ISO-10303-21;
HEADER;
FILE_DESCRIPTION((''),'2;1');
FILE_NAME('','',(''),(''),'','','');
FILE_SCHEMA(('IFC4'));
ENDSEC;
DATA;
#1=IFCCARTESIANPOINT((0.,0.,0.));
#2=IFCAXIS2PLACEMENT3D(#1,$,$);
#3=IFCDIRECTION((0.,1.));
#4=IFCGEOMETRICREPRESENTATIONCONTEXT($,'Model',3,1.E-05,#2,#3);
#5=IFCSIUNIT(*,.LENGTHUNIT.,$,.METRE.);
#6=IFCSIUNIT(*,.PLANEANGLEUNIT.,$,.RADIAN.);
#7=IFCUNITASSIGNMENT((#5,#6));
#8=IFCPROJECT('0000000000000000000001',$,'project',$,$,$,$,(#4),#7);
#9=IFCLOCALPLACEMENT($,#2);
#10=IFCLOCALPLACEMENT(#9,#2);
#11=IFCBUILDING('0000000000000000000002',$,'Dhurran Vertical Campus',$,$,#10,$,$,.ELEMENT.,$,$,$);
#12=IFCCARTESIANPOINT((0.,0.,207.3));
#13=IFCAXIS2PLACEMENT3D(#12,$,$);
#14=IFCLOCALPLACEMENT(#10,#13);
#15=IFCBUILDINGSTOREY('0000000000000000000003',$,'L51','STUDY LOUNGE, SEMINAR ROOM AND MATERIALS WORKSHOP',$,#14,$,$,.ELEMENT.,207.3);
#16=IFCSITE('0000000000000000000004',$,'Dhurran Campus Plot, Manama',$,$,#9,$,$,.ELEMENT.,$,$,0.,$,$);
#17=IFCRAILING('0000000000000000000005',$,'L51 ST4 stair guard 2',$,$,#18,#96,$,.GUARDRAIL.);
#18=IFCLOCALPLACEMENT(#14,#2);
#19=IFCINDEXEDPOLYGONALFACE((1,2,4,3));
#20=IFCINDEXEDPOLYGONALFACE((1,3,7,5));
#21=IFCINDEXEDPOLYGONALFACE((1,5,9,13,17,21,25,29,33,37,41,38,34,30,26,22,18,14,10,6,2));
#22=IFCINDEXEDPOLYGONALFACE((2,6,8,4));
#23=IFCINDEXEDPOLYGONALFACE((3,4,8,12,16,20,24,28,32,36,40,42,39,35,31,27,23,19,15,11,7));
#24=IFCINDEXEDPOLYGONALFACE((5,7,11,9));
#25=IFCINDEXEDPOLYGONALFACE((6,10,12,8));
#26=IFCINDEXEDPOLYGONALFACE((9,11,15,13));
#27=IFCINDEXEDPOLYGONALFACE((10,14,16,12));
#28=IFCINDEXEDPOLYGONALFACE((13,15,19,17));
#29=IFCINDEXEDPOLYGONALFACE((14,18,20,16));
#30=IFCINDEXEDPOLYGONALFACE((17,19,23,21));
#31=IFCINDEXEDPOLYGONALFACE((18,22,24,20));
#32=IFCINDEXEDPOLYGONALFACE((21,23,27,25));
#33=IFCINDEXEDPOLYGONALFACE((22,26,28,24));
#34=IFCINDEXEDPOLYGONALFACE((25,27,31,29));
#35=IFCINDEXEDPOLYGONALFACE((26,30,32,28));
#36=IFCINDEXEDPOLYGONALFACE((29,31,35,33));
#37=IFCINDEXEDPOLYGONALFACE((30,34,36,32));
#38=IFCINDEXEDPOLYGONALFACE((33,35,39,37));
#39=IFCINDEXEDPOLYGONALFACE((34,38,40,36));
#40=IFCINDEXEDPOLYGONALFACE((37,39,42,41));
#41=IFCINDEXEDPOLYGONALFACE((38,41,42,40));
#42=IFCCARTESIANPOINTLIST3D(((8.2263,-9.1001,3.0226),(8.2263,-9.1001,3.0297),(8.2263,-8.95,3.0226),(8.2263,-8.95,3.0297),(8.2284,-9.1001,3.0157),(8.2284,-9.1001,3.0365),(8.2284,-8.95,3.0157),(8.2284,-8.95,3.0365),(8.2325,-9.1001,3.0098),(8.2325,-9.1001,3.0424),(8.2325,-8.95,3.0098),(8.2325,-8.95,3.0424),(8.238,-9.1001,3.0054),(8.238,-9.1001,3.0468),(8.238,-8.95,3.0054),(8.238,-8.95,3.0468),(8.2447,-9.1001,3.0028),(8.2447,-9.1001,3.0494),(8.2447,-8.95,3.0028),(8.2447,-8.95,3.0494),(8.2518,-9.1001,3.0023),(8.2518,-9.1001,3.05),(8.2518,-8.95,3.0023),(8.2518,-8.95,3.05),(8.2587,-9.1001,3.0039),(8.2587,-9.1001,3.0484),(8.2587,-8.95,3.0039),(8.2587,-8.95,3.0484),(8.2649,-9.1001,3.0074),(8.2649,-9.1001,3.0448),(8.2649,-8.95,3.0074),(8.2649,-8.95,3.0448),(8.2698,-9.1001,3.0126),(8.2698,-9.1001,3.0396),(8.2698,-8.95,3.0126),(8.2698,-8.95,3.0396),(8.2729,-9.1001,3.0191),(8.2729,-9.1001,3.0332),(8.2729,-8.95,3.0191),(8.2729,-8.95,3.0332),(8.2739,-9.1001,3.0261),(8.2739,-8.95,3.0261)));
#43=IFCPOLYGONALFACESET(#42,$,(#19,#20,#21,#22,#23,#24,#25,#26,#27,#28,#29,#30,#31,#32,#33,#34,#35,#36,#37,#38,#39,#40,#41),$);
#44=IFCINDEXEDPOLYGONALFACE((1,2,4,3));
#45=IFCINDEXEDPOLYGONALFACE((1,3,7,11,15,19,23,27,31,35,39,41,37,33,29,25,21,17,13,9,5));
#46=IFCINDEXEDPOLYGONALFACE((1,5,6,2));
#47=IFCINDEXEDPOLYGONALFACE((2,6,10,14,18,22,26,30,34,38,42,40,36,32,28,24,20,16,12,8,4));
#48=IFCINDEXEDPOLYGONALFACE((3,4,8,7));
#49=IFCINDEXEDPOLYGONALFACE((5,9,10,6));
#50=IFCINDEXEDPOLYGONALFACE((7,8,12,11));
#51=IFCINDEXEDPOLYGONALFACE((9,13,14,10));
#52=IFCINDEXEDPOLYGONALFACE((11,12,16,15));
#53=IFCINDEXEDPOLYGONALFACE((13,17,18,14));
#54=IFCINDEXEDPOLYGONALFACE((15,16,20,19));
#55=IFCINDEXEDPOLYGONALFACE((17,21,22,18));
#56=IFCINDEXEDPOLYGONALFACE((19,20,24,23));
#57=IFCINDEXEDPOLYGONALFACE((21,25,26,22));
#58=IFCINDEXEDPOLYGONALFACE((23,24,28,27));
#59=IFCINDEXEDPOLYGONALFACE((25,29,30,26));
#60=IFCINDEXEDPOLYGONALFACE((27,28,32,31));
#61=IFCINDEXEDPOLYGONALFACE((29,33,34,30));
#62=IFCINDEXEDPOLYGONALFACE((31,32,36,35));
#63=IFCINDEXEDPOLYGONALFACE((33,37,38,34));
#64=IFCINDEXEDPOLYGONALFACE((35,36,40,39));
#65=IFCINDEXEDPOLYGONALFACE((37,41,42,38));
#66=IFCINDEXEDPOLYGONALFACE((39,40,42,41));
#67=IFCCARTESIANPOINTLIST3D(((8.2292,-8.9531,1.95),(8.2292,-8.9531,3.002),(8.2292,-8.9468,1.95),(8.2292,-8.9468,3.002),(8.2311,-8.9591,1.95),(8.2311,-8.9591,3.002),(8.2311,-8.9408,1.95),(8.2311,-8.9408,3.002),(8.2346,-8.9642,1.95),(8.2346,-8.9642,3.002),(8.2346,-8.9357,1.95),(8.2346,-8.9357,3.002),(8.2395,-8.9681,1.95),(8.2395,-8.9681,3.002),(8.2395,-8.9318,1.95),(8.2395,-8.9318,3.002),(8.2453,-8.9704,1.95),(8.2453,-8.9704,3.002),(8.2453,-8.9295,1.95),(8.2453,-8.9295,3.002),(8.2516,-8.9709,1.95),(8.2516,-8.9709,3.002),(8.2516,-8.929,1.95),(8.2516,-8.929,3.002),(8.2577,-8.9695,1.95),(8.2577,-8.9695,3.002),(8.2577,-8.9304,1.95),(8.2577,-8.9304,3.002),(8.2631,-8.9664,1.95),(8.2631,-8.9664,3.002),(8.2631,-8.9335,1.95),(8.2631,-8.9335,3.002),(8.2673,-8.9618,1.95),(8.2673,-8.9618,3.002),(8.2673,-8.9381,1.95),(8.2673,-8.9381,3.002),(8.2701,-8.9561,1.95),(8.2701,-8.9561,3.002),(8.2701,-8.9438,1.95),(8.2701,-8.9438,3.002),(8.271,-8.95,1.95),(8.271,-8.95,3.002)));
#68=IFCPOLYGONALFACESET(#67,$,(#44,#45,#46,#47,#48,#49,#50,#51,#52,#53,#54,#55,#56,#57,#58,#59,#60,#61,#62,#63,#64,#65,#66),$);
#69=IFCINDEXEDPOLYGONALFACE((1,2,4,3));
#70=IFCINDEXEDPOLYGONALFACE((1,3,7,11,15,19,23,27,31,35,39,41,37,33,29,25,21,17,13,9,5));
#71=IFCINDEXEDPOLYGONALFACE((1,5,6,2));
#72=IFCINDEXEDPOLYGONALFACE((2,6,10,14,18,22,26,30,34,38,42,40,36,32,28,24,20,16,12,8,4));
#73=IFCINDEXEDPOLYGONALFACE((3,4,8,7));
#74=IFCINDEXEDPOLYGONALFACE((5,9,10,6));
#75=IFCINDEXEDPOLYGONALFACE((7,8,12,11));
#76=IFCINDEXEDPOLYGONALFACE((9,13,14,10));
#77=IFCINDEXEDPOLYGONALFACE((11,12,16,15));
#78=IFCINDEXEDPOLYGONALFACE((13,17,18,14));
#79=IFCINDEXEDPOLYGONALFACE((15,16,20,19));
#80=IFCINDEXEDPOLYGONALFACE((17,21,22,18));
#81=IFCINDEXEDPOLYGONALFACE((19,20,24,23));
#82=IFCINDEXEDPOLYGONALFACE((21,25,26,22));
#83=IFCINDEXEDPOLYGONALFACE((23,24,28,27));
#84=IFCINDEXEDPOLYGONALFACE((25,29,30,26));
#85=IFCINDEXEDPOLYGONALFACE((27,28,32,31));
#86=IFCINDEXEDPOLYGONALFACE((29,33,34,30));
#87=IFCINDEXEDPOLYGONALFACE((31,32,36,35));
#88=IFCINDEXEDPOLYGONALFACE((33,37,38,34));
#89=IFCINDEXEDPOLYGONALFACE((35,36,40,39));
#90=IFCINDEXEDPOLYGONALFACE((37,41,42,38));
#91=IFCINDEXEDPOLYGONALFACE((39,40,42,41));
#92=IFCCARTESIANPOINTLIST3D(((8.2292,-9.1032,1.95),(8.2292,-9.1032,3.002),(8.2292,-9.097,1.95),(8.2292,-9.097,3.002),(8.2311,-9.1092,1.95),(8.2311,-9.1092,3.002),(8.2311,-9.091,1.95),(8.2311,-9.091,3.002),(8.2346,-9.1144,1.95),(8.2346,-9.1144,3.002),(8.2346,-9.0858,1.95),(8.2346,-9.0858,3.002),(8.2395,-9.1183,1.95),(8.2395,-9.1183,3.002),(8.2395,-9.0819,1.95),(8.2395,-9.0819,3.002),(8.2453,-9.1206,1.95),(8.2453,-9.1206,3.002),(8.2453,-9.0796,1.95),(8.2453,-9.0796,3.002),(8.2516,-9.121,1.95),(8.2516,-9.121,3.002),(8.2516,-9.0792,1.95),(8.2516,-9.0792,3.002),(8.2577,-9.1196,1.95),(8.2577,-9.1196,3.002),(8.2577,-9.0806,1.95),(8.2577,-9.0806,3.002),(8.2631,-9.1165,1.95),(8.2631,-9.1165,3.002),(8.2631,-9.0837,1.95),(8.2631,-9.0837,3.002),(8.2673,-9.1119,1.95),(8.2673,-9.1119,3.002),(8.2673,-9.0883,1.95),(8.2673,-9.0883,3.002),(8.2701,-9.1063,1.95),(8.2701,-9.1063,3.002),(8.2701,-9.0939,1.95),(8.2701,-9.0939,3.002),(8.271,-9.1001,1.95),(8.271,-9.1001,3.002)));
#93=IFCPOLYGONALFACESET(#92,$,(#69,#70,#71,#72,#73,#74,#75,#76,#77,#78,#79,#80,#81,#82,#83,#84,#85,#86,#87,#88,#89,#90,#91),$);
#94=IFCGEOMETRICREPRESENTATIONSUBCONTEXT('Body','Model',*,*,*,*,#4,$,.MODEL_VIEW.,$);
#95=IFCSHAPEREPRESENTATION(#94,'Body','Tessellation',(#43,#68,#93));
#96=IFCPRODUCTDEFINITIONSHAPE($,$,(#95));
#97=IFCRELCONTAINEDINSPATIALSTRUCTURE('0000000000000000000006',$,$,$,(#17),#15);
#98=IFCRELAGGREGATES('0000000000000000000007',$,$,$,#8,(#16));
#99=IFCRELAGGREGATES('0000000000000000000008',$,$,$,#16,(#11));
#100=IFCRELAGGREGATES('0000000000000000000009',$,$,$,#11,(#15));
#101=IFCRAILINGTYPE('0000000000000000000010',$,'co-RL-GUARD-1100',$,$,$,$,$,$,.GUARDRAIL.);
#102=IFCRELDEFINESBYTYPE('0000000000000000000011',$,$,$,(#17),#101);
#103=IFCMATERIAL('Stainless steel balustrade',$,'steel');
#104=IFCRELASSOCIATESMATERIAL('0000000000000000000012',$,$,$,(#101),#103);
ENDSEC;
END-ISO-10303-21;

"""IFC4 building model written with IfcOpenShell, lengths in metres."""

from ifc_helpers import new_model, si_unit, direction, frame, origin, origin_2d, place, context, subcontext, project, spatial, circle, extrude, material, type_object, element, save


model = new_model("IFC4")

# Units and contexts
model_context = context("Model", 3, precision=1e-05, world=origin(), true_north=direction((0.0, 1.0)))
body_context = subcontext(model_context, "Body", "Model", "MODEL_VIEW")
ifc_project = project(units=[si_unit("LENGTHUNIT", "METRE"), si_unit("PLANEANGLEUNIT", "RADIAN")], contexts=[model_context])

# Site, building, storey
site_placement = place(None, origin())
site = spatial("IfcSite", under=ifc_project, at=site_placement, Name="Dhurran Campus Plot, Manama", CompositionType="ELEMENT", RefElevation=0.0)
building_placement = place(site_placement, origin())
building = spatial("IfcBuilding", under=site, at=building_placement, Name="Dhurran Vertical Campus", CompositionType="ELEMENT")
storey_placement = place(building_placement, frame((0.0, 0.0, 207.3)))
storey = spatial("IfcBuildingStorey", under=building, at=storey_placement, Name="L51", Description="STUDY LOUNGE, SEMINAR ROOM AND MATERIALS WORKSHOP", CompositionType="ELEMENT", Elevation=207.3)

# Railing
ifc_material_1 = material(Name="Stainless steel balustrade", Category="steel")
railing_type_1 = type_object("IfcRailingType", Name="co-RL-GUARD-1100", PredefinedType="GUARDRAIL", material=ifc_material_1)
railing_1_placement = place(storey_placement, frame((8.25, -8.95, 1.95)))
element("IfcRailing", 1, at=railing_1_placement, inside=storey, type_object=railing_type_1, Name="L51 ST4 stair guard 2", PredefinedType="GUARDRAIL", context=body_context, shape_type="SweptSolid", body=[
    extrude(circle(Radius=0.0239, at=origin_2d()), frame((0.0, 0.0, 1.0762), z_axis=(0.0, -1.0, 0.0), x_axis=(1.0, 0.0, 0.0)), (0.0, 0.0, 1.0), 0.1501),
    extrude(circle(Radius=0.021, at=origin_2d()), origin(), (0.0, 0.0, 1.0), 1.052),
    extrude(circle(Radius=0.021, at=origin_2d()), frame((0.0, -0.1501, 0.0)), (0.0, 0.0, 1.0), 1.052),
])

save(model, "model.ifc")
